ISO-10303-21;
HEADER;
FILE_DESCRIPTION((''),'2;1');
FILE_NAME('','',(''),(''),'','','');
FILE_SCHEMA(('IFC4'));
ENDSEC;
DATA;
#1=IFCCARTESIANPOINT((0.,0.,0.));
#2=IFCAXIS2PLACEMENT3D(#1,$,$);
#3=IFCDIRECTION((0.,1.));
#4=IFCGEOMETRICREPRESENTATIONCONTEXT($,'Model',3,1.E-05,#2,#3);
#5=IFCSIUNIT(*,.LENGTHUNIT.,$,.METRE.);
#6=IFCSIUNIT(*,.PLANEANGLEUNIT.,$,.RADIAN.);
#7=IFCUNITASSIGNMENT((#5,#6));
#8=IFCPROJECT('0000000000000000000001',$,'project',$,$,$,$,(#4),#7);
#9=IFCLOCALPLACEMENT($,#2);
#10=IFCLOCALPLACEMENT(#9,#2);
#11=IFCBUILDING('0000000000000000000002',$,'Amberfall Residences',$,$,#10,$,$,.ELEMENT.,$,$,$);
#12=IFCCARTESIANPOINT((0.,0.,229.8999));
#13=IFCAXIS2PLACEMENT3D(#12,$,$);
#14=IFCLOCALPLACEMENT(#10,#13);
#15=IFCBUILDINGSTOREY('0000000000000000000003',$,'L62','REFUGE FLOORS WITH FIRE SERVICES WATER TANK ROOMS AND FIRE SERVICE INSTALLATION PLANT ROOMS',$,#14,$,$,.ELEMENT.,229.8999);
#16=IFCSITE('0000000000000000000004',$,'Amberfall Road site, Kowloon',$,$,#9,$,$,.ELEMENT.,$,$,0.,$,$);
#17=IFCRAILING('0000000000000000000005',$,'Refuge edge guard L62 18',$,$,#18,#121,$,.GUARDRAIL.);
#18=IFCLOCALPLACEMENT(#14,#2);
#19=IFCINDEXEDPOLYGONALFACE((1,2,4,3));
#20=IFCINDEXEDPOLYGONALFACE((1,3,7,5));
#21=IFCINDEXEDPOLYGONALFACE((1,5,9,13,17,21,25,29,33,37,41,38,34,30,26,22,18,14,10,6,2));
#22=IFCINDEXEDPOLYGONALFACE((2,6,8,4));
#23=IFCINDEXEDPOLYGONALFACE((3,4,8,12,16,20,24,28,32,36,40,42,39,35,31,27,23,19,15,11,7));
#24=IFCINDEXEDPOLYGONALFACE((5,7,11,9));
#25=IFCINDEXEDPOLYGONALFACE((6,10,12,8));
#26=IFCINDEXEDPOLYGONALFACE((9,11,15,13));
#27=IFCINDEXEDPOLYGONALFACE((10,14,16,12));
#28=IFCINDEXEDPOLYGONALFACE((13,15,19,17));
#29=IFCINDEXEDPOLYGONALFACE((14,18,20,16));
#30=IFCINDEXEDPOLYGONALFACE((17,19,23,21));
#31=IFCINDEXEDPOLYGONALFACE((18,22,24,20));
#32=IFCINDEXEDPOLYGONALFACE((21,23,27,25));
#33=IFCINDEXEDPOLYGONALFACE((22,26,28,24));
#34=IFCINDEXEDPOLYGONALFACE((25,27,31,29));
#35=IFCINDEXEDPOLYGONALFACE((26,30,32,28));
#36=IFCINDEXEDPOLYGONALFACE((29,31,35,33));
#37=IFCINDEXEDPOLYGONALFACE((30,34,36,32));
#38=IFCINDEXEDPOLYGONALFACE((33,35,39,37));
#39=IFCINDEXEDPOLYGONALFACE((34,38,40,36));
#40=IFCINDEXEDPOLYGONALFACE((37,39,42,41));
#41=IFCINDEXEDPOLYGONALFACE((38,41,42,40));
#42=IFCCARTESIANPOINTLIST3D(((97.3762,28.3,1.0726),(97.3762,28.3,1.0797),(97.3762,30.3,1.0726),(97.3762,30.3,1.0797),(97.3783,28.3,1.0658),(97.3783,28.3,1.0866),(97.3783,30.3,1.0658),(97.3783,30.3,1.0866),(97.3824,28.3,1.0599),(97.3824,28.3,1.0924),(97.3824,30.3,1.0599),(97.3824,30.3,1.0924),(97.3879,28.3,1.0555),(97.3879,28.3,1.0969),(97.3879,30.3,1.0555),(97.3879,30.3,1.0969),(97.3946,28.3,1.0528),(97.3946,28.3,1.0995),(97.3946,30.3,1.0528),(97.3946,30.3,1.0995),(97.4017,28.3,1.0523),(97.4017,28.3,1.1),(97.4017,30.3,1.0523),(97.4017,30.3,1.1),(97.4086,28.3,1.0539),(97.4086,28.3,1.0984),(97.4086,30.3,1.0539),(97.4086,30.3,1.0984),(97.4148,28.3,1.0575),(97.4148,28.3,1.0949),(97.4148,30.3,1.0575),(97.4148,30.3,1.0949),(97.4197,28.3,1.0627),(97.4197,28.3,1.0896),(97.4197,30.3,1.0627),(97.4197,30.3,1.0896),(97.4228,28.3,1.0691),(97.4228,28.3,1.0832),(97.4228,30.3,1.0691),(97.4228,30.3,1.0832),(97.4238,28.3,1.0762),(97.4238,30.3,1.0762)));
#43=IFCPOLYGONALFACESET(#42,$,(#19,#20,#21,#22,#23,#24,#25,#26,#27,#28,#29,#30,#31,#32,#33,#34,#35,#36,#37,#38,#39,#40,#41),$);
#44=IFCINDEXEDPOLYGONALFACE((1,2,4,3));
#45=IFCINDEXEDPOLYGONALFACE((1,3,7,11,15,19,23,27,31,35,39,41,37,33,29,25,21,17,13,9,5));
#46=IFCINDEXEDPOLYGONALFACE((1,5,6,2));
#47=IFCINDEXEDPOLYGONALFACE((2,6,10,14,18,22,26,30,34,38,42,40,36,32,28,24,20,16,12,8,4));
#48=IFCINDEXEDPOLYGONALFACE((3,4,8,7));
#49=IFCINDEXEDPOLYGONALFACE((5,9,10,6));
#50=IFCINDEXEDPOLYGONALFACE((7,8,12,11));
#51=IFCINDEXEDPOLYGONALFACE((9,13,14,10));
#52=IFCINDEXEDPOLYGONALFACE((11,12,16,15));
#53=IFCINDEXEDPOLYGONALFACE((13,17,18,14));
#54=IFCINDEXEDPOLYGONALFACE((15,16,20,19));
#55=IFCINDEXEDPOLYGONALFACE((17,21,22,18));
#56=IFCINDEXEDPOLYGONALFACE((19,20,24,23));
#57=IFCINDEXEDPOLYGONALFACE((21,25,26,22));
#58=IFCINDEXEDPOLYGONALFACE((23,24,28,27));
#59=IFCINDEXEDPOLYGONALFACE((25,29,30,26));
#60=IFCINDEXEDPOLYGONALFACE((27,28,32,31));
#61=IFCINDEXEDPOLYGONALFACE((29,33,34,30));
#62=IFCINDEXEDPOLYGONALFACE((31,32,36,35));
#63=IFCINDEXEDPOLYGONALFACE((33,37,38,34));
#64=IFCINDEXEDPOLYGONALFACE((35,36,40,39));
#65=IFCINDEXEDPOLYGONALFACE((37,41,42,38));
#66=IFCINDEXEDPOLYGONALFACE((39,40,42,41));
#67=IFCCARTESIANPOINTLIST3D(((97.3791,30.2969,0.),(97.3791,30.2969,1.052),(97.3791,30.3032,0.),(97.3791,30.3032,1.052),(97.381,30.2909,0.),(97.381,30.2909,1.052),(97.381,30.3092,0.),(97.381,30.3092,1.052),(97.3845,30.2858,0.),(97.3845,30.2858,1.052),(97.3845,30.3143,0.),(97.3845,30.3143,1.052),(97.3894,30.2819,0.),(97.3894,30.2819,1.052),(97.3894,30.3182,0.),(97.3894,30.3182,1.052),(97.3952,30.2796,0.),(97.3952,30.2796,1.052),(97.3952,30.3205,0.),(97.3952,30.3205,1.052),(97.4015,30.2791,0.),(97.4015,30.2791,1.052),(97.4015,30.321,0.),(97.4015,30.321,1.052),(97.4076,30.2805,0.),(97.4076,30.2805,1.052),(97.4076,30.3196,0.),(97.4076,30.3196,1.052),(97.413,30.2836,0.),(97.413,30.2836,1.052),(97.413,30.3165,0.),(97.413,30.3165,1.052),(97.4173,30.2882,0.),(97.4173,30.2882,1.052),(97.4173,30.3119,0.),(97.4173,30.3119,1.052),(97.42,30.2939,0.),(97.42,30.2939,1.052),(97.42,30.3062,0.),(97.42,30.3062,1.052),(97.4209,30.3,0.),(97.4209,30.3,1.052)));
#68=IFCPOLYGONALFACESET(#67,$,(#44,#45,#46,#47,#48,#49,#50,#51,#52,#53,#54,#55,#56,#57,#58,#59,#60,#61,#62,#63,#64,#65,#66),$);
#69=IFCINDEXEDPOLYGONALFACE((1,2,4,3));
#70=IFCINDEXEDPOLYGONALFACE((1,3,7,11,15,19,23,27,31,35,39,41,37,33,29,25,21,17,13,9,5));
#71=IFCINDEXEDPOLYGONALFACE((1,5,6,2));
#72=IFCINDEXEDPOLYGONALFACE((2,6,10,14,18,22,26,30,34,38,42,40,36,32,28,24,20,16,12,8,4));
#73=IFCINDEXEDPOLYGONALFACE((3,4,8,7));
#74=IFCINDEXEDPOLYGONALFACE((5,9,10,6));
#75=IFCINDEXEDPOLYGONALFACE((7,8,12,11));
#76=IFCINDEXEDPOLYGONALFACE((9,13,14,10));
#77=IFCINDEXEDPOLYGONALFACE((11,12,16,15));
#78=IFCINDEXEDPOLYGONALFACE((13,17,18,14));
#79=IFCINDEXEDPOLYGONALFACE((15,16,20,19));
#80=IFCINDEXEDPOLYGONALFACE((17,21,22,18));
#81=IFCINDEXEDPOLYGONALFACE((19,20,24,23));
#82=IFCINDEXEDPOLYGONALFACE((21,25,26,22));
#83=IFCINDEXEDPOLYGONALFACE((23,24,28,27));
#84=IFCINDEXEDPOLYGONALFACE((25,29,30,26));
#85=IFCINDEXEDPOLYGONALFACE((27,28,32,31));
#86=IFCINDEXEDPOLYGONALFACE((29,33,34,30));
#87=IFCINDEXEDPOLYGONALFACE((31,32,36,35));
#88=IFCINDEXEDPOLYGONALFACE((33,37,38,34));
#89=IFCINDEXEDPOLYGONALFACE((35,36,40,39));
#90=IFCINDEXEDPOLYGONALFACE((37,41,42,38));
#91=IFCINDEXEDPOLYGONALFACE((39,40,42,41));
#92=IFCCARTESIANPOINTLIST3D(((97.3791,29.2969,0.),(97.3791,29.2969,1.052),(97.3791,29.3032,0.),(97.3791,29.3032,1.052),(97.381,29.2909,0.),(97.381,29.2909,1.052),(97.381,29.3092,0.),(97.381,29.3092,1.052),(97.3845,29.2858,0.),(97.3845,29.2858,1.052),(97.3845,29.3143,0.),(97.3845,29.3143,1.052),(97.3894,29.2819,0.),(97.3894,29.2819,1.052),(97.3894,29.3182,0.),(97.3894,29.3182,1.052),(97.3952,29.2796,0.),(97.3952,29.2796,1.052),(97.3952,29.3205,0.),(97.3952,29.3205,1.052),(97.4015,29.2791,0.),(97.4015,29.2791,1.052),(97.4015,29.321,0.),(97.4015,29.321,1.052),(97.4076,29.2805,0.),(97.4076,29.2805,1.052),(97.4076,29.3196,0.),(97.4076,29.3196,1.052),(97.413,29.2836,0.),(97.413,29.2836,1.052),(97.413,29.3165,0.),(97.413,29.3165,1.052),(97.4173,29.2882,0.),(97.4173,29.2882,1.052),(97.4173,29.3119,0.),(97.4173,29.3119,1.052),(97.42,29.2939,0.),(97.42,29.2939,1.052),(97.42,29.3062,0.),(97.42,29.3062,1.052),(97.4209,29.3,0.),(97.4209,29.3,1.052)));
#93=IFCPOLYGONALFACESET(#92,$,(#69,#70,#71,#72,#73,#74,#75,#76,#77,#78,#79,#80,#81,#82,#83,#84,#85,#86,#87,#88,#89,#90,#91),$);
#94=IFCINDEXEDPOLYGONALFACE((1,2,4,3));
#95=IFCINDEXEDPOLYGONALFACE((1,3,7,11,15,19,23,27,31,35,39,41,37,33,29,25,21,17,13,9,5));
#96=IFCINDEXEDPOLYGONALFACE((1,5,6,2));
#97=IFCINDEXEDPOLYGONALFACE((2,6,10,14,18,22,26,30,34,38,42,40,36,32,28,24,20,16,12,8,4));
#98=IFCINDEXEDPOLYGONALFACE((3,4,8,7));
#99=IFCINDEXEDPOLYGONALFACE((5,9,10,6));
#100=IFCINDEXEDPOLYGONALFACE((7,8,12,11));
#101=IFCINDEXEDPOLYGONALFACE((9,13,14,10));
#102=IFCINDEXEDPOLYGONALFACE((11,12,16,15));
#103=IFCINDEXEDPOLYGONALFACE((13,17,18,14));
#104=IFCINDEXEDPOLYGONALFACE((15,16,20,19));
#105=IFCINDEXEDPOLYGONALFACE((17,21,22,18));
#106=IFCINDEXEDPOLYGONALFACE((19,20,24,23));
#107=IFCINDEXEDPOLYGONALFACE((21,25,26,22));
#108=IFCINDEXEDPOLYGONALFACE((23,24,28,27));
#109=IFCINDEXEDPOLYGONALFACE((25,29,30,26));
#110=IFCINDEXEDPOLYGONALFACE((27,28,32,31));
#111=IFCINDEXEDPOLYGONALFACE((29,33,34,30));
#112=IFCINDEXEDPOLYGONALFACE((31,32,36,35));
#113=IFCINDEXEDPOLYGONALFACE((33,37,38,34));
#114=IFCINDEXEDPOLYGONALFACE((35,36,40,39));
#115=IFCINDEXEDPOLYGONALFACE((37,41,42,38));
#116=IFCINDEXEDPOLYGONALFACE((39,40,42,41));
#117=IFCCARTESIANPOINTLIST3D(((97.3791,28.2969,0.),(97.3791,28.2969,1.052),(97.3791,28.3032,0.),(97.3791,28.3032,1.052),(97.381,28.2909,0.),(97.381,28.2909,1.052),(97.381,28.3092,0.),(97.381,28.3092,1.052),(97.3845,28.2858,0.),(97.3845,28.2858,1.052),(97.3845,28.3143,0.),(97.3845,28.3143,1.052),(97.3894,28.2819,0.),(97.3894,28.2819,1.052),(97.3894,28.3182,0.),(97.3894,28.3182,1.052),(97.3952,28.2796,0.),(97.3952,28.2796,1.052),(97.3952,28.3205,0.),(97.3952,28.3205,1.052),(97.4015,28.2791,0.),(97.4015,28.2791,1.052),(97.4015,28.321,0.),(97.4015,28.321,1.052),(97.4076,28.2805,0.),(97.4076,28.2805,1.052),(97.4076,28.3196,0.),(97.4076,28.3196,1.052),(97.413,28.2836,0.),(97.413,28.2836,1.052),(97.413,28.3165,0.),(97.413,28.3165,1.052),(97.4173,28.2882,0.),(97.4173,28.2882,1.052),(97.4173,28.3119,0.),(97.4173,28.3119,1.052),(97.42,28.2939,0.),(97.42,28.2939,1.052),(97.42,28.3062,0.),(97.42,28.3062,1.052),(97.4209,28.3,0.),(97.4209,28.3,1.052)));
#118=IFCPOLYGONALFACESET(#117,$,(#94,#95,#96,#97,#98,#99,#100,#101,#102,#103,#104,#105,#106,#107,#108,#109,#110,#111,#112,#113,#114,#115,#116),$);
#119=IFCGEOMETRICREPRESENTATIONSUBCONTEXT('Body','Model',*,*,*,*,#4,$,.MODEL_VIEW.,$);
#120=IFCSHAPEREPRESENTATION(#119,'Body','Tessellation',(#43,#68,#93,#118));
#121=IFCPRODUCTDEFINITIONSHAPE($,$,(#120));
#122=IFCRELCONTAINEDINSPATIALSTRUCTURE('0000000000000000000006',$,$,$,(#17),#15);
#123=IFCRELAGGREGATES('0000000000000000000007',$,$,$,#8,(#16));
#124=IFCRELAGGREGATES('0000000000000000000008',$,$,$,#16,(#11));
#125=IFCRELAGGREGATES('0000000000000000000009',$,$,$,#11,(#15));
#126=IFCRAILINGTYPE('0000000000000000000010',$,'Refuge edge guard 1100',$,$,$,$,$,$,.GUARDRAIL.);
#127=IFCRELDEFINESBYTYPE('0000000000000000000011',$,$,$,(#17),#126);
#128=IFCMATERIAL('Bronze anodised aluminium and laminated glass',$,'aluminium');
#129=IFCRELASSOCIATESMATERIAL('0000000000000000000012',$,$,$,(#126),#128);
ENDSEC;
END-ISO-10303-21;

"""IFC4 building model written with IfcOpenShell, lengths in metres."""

from ifc_helpers import new_model, si_unit, direction, frame, origin, origin_2d, place, context, subcontext, project, spatial, circle, extrude, material, type_object, element, save


model = new_model("IFC4")

# Units and contexts
model_context = context("Model", 3, precision=1e-05, world=origin(), true_north=direction((0.0, 1.0)))
body_context = subcontext(model_context, "Body", "Model", "MODEL_VIEW")
ifc_project = project(units=[si_unit("LENGTHUNIT", "METRE"), si_unit("PLANEANGLEUNIT", "RADIAN")], contexts=[model_context])

# Site, building, storey
site_placement = place(None, origin())
site = spatial("IfcSite", under=ifc_project, at=site_placement, Name="Amberfall Road site, Kowloon", CompositionType="ELEMENT", RefElevation=0.0)
building_placement = place(site_placement, origin())
building = spatial("IfcBuilding", under=site, at=building_placement, Name="Amberfall Residences", CompositionType="ELEMENT")
storey_placement = place(building_placement, frame((0.0, 0.0, 229.8999)))
storey = spatial("IfcBuildingStorey", under=building, at=storey_placement, Name="L62", Description="REFUGE FLOORS WITH FIRE SERVICES WATER TANK ROOMS AND FIRE SERVICE INSTALLATION PLANT ROOMS", CompositionType="ELEMENT", Elevation=229.8999)

# Railing
ifc_material_1 = material(Name="Bronze anodised aluminium and laminated glass", Category="aluminium")
railing_type = type_object("IfcRailingType", Name="Refuge edge guard 1100", PredefinedType="GUARDRAIL", material=ifc_material_1)
railing_1_placement = place(storey_placement, frame((97.3999, 30.3, 0.0)))
element("IfcRailing", 1, at=railing_1_placement, inside=storey, type_object=railing_type, Name="Refuge edge guard L62 18", PredefinedType="GUARDRAIL", context=body_context, shape_type="SweptSolid", body=[
    extrude(circle(Radius=0.0239, at=origin_2d()), frame((0.0, 0.0, 1.0762), z_axis=(0.0, -1.0, 0.0), x_axis=(1.0, 0.0, 0.0)), (0.0, 0.0, 1.0), 2.0),
    extrude(circle(Radius=0.021, at=origin_2d()), origin(), (0.0, 0.0, 1.0), 1.052),
    extrude(circle(Radius=0.021, at=origin_2d()), frame((0.0, -1.0, 0.0)), (0.0, 0.0, 1.0), 1.052),
    extrude(circle(Radius=0.021, at=origin_2d()), frame((0.0, -2.0, 0.0)), (0.0, 0.0, 1.0), 1.052),
])

save(model, "model.ifc")
